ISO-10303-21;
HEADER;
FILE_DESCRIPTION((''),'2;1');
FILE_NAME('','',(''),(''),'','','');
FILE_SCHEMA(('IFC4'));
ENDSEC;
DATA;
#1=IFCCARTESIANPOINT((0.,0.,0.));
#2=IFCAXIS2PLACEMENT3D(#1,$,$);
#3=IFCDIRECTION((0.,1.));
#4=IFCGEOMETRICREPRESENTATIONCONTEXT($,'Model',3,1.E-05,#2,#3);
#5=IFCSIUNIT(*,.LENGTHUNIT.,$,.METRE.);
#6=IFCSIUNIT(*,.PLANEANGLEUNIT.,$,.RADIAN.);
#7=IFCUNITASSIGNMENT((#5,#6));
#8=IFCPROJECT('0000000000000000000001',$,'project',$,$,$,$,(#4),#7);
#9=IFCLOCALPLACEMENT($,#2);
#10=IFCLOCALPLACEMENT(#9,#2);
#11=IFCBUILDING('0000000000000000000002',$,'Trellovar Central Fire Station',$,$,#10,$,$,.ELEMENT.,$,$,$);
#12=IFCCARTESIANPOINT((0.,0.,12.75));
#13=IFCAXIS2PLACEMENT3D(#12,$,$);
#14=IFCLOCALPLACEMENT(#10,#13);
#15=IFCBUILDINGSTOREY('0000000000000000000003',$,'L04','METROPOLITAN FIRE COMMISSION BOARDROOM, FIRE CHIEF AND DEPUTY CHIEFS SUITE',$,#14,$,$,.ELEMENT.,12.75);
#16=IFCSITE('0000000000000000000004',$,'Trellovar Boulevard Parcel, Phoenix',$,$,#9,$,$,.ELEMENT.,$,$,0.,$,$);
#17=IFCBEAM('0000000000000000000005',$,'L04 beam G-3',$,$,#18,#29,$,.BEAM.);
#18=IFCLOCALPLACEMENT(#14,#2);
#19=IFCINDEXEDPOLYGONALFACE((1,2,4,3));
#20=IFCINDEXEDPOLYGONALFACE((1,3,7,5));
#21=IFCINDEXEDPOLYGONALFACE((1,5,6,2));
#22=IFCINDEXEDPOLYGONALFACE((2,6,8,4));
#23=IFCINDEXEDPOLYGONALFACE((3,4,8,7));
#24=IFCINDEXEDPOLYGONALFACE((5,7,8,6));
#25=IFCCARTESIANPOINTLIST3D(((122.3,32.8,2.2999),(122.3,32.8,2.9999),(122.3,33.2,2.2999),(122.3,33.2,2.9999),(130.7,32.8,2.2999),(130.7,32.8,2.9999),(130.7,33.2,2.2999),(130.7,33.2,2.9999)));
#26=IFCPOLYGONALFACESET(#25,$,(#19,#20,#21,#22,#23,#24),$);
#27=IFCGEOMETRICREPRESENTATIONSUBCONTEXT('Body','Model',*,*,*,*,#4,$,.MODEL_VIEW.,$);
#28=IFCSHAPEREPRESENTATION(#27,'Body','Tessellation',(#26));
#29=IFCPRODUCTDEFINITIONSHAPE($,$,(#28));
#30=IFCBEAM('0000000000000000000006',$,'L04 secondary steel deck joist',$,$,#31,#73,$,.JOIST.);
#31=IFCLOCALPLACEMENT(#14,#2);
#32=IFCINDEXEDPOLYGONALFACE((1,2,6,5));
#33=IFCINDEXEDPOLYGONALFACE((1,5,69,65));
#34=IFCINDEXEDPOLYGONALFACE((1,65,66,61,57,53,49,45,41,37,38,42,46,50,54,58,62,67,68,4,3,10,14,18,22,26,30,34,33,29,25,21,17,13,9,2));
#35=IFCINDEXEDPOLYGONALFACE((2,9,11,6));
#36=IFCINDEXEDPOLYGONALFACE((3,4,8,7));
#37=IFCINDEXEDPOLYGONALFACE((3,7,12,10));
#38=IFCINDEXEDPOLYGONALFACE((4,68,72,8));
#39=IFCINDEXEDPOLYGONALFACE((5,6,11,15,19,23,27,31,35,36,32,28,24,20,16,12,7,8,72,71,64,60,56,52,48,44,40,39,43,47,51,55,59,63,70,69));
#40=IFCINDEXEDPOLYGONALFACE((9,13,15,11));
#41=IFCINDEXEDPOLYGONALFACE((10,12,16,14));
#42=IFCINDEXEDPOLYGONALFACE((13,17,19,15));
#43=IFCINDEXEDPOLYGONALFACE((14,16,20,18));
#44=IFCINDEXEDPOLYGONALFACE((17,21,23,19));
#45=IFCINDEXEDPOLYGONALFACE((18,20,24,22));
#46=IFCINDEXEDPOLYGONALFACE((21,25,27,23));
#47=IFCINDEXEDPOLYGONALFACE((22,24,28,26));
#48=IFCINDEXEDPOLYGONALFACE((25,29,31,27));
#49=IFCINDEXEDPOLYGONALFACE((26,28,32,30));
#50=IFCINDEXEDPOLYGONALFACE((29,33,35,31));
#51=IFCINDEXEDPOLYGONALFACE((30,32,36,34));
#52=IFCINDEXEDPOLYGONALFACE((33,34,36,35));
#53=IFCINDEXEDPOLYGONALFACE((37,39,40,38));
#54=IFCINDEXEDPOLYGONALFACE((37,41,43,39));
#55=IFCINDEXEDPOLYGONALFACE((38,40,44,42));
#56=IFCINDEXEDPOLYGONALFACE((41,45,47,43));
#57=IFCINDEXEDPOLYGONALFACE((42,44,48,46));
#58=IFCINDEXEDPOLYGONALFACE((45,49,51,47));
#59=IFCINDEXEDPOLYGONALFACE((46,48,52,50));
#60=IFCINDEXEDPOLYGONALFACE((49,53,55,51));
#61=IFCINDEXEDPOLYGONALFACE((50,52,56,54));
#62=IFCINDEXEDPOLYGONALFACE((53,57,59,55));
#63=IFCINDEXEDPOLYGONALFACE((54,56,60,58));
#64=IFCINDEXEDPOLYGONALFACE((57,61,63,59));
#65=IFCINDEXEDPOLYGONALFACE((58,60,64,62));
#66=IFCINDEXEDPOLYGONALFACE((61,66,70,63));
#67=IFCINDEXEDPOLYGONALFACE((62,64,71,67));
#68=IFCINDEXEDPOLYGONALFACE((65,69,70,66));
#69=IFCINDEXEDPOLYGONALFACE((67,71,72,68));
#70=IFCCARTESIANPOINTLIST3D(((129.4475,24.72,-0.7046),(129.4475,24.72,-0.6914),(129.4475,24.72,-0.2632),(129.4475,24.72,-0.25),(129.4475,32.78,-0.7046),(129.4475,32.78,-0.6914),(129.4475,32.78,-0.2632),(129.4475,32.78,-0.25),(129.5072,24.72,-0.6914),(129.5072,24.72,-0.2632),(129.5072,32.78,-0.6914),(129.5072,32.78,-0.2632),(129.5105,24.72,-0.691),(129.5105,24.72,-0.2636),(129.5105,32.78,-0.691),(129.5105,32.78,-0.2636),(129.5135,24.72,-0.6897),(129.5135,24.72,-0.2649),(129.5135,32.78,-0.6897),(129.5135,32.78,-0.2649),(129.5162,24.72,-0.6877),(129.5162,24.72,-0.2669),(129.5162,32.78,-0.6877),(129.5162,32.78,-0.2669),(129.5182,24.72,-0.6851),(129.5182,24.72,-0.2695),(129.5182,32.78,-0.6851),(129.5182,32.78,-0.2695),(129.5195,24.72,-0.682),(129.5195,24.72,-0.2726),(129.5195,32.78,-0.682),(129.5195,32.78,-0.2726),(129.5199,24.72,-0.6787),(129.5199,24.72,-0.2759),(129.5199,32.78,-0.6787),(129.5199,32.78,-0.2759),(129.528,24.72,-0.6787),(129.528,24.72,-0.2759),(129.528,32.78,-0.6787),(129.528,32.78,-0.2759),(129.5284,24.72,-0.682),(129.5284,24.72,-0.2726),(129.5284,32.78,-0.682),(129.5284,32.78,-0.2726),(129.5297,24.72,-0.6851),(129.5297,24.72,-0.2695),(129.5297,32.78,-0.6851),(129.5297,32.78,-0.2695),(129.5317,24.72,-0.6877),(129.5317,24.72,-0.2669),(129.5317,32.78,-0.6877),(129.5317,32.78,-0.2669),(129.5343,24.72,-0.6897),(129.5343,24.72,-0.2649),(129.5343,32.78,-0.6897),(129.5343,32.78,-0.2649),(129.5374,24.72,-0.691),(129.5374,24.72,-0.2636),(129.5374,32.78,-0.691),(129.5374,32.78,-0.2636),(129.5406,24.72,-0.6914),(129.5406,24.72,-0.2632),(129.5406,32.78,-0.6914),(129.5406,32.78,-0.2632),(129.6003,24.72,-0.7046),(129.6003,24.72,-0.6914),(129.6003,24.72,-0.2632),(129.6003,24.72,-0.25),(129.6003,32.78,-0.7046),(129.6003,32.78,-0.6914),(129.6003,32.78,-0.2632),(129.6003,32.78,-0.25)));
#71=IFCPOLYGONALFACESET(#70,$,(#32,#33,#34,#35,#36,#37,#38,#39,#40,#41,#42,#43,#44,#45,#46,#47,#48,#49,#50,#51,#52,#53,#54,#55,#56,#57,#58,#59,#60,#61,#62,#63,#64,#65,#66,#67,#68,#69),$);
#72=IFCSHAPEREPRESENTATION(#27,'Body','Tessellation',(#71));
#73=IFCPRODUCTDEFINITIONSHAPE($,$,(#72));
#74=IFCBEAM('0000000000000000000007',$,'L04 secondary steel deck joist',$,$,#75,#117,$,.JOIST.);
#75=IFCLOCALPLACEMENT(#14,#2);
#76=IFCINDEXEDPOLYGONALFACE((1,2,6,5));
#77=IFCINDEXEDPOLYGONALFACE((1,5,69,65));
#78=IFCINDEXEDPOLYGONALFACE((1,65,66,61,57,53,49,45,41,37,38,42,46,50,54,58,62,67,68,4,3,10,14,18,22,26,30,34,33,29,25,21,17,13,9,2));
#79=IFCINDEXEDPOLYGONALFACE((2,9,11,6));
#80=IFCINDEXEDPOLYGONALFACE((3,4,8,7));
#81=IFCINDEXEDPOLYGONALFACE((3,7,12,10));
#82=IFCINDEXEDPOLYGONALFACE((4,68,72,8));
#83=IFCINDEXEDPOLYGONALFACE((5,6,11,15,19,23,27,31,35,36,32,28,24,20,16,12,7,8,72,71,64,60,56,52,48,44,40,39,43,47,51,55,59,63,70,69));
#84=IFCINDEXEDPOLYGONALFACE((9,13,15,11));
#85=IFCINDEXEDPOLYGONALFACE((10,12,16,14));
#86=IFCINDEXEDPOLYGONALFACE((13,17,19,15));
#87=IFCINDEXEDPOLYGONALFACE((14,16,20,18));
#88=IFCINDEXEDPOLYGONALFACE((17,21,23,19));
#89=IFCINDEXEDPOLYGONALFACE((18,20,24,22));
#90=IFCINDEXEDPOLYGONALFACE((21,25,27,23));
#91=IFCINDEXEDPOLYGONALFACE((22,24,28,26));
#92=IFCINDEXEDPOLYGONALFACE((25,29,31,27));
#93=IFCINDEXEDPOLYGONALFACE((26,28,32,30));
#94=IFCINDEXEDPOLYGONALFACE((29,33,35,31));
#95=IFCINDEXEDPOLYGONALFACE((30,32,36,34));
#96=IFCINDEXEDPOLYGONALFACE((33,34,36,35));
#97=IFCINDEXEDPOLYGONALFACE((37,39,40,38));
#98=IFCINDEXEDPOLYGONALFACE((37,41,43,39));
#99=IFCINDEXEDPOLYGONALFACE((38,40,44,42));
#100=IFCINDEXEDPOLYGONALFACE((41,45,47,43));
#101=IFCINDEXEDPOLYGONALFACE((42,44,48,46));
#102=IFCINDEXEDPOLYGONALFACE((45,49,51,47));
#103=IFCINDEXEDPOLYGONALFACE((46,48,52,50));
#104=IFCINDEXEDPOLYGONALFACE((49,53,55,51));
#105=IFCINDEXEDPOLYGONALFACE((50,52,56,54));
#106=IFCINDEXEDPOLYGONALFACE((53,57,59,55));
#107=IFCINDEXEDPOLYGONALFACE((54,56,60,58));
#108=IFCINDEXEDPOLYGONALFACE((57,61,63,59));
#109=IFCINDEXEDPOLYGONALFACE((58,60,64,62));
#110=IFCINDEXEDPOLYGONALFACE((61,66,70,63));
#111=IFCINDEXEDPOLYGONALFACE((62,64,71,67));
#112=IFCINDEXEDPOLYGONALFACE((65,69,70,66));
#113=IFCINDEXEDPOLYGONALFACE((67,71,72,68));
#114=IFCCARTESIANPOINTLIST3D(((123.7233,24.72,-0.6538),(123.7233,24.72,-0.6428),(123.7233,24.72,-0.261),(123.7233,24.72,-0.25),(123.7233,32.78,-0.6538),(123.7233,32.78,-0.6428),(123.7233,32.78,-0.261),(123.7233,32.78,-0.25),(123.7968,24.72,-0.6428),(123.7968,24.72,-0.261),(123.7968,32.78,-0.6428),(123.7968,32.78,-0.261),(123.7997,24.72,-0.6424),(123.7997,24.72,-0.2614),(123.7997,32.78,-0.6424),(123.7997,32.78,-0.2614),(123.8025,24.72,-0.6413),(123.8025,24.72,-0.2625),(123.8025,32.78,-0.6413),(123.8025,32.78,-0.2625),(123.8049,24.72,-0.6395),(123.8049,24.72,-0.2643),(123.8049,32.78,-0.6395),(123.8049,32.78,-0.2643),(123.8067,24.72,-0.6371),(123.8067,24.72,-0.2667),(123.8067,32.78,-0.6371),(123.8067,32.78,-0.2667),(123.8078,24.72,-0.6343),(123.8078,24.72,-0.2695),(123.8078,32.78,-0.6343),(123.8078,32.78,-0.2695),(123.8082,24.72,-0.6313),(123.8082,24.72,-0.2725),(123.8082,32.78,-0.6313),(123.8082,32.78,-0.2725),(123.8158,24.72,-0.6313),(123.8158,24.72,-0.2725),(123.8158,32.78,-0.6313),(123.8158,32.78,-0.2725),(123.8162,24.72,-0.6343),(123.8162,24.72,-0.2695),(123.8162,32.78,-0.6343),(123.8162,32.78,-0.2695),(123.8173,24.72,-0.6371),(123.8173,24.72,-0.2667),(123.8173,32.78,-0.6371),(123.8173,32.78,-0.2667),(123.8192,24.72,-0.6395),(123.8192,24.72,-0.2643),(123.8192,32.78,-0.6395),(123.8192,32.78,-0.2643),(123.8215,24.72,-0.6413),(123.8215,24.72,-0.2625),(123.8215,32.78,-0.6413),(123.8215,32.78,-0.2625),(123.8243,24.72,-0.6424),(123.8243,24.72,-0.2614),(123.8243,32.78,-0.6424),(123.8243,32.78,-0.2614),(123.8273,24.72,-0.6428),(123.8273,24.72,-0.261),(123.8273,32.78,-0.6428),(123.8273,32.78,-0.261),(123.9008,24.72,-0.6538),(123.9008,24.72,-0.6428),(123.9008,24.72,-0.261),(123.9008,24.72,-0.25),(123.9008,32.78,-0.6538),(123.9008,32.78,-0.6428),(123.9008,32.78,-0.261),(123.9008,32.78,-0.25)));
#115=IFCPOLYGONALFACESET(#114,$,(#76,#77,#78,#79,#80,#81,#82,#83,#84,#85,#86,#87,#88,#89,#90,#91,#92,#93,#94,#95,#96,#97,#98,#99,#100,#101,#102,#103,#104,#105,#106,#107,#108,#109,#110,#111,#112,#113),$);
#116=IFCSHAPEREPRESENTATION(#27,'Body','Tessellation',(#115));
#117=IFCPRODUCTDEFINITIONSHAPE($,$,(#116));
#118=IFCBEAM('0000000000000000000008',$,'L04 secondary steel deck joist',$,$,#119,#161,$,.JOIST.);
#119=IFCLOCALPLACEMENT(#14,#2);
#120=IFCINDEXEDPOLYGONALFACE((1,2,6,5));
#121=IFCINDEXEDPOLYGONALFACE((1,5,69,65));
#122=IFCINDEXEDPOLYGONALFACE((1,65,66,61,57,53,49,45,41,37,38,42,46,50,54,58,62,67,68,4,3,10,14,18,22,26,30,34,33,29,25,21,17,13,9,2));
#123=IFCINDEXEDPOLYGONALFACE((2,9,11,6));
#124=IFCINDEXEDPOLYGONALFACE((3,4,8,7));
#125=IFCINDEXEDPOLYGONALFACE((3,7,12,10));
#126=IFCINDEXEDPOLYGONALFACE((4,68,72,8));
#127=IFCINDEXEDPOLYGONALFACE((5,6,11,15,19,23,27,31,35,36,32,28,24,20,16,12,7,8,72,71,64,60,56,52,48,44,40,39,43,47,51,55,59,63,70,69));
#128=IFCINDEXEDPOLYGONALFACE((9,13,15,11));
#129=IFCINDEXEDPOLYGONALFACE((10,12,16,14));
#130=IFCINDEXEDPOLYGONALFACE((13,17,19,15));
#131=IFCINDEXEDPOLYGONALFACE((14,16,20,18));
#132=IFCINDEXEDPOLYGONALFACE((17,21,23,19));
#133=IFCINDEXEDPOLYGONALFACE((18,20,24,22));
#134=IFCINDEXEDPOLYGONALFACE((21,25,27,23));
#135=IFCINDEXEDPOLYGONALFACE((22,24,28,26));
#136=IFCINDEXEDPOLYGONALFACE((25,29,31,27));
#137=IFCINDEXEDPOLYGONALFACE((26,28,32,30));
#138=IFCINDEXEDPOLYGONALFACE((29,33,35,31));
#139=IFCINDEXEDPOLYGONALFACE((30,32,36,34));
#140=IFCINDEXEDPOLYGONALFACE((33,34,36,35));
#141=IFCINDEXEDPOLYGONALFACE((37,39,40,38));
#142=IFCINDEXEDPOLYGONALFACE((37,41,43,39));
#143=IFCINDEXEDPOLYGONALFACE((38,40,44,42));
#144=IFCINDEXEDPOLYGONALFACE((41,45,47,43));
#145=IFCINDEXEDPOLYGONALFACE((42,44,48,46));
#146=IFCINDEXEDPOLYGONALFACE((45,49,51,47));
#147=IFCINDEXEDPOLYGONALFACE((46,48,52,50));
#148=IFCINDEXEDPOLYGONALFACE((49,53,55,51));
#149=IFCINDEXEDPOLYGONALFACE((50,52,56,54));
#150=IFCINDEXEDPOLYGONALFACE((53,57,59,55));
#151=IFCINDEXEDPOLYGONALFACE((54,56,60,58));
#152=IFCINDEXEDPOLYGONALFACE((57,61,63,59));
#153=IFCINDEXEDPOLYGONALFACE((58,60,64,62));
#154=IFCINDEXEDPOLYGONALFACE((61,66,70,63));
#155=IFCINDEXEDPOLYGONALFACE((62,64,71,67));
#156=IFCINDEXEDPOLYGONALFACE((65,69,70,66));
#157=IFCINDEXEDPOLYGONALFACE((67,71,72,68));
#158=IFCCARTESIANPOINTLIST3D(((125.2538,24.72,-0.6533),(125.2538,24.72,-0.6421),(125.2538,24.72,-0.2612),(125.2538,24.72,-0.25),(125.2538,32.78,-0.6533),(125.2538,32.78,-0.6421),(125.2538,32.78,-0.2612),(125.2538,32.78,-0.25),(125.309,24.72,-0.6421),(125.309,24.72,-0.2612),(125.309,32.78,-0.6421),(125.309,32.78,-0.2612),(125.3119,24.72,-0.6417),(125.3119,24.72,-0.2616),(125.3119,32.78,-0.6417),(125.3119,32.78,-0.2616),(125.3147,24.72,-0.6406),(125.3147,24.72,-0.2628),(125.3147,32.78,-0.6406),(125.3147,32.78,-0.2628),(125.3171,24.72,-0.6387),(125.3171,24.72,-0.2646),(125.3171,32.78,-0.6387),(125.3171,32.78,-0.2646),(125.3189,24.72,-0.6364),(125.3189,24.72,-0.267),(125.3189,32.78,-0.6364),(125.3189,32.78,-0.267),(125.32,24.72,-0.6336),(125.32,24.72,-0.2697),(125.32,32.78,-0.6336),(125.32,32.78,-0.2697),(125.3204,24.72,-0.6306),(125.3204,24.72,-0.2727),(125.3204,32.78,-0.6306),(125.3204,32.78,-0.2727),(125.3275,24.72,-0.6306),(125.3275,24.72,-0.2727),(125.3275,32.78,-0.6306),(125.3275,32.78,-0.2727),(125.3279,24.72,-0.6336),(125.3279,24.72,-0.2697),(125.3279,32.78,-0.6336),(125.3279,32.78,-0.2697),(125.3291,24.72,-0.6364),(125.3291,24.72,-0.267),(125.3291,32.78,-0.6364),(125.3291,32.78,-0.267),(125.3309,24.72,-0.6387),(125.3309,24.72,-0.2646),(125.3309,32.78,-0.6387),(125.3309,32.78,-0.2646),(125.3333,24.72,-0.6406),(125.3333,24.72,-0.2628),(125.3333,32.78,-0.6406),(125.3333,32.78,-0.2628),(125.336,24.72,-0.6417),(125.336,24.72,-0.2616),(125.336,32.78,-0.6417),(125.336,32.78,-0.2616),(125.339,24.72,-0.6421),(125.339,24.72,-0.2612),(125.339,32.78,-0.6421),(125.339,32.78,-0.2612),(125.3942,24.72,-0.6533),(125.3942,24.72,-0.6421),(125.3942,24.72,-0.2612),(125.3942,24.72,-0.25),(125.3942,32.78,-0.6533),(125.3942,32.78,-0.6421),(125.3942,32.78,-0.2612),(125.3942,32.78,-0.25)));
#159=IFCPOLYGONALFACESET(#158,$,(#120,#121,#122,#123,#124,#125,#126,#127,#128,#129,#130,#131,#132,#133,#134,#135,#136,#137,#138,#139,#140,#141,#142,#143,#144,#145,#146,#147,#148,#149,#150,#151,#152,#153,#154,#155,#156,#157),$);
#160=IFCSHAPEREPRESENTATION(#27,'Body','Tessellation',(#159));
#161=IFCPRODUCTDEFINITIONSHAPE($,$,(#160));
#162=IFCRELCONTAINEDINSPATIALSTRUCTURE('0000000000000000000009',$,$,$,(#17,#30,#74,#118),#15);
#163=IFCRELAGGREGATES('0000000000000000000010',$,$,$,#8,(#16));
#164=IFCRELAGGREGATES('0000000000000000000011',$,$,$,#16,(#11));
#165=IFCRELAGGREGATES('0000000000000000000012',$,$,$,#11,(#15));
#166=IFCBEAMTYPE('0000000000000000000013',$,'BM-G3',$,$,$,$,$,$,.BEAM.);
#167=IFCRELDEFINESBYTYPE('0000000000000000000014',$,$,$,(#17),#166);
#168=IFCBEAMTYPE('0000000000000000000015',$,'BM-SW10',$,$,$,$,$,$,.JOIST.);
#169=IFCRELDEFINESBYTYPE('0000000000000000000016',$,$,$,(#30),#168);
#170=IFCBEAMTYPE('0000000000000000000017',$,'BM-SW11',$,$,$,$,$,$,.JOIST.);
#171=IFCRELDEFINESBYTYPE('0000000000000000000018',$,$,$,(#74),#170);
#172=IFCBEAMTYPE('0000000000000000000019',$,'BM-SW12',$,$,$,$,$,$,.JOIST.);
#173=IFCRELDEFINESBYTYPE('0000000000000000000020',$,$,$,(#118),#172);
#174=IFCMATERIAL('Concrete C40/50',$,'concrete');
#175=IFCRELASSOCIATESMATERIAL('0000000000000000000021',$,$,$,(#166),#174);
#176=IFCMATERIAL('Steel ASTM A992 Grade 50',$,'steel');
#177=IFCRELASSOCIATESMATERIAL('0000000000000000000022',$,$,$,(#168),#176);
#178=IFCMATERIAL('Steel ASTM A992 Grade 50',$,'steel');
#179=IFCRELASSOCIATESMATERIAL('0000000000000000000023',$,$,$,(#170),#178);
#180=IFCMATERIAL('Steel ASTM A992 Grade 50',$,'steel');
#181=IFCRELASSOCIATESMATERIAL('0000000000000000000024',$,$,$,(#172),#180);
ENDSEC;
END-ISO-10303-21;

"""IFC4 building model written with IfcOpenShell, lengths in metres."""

from ifc_helpers import new_model, si_unit, direction, frame, origin, origin_2d, place, context, subcontext, project, spatial, rectangle, i_section, extrude, material, material_profile, profile_set, type_object, element, save


model = new_model("IFC4")

# Units and contexts
model_context = context("Model", 3, precision=1e-05, world=origin(), true_north=direction((0.0, 1.0)))
body_context = subcontext(model_context, "Body", "Model", "MODEL_VIEW")
ifc_project = project(units=[si_unit("LENGTHUNIT", "METRE"), si_unit("PLANEANGLEUNIT", "RADIAN")], contexts=[model_context])

# Site, building, storey
site_placement = place(None, origin())
site = spatial("IfcSite", under=ifc_project, at=site_placement, Name="Trellovar Boulevard Parcel, Phoenix", CompositionType="ELEMENT", RefElevation=0.0)
building_placement = place(site_placement, origin())
building = spatial("IfcBuilding", under=site, at=building_placement, Name="Trellovar Central Fire Station", CompositionType="ELEMENT")
storey_placement = place(building_placement, frame((0.0, 0.0, 12.75)))
storey = spatial("IfcBuildingStorey", under=building, at=storey_placement, Name="L04", Description="METROPOLITAN FIRE COMMISSION BOARDROOM, FIRE CHIEF AND DEPUTY CHIEFS SUITE", CompositionType="ELEMENT", Elevation=12.75)

# Beams
ifc_material_1 = material(Name="Concrete C40/50", Category="concrete")
ifc_material_profile_1 = material_profile(ifc_material_1, rectangle(XDim=0.3999, YDim=0.7, at=origin_2d()), Name="RC400X700")
ifc_profile_set_1 = profile_set([ifc_material_profile_1], Name="Concrete C40/50")
beam_type_1 = type_object("IfcBeamType", Name="BM-G3", PredefinedType="BEAM", material=ifc_profile_set_1)
beam_1_placement = place(storey_placement, frame((122.3, 33.0, 2.6499), z_axis=(1.0, 0.0, 0.0), x_axis=(0.0, 1.0, 0.0)))
element("IfcBeam", 1, at=beam_1_placement, inside=storey, type_object=beam_type_1, Name="L04 beam G-3", PredefinedType="BEAM", context=body_context, shape_type="SweptSolid", body=[
    extrude(rectangle(XDim=0.3999, YDim=0.7, at=origin_2d()), origin(), (0.0, 0.0, 1.0), 8.3999),
])
ifc_material_2 = material(Name="Steel ASTM A992 Grade 50", Category="steel")
ifc_material_profile_2 = material_profile(ifc_material_2, i_section(OverallWidth=0.1528, OverallDepth=0.4546, WebThickness=0.0081, FlangeThickness=0.0132, FilletRadius=0.0127, at=origin_2d()), Name="W18X40")
ifc_profile_set_2 = profile_set([ifc_material_profile_2], Name="Steel ASTM A992 Grade 50")
beam_type_2 = type_object("IfcBeamType", Name="BM-SW10", PredefinedType="JOIST", material=ifc_profile_set_2)
beam_2_placement = place(storey_placement, frame((129.5239, 24.72, -0.4773), z_axis=(0.0, 1.0, 0.0), x_axis=(-1.0, 0.0, 0.0)))
element("IfcBeam", 2, at=beam_2_placement, inside=storey, type_object=beam_type_2, Name="L04 secondary steel deck joist", PredefinedType="JOIST", context=body_context, shape_type="SweptSolid", body=[
    extrude(i_section(OverallWidth=0.1528, OverallDepth=0.4546, WebThickness=0.0081, FlangeThickness=0.0132, FilletRadius=0.0127, at=origin_2d()), origin(), (0.0, 0.0, 1.0), 8.0601),
])
ifc_material_3 = material(Name="Steel ASTM A992 Grade 50", Category="steel")
ifc_material_profile_3 = material_profile(ifc_material_3, i_section(OverallWidth=0.1775, OverallDepth=0.4038, WebThickness=0.0076, FlangeThickness=0.011, FilletRadius=0.0115, at=origin_2d()), Name="W16X36")
ifc_profile_set_3 = profile_set([ifc_material_profile_3], Name="Steel ASTM A992 Grade 50")
beam_type_3 = type_object("IfcBeamType", Name="BM-SW11", PredefinedType="JOIST", material=ifc_profile_set_3)
beam_3_placement = place(storey_placement, frame((123.812, 24.72, -0.4519), z_axis=(0.0, 1.0, 0.0), x_axis=(-1.0, 0.0, 0.0)))
element("IfcBeam", 3, at=beam_3_placement, inside=storey, type_object=beam_type_3, Name="L04 secondary steel deck joist", PredefinedType="JOIST", context=body_context, shape_type="SweptSolid", body=[
    extrude(i_section(OverallWidth=0.1775, OverallDepth=0.4038, WebThickness=0.0076, FlangeThickness=0.011, FilletRadius=0.0115, at=origin_2d()), origin(), (0.0, 0.0, 1.0), 8.0601),
])
ifc_material_4 = material(Name="Steel ASTM A992 Grade 50", Category="steel")
ifc_material_profile_4 = material_profile(ifc_material_4, i_section(OverallWidth=0.1404, OverallDepth=0.4033, WebThickness=0.0071, FlangeThickness=0.0112, FilletRadius=0.0115, at=origin_2d()), Name="W16X31")
ifc_profile_set_4 = profile_set([ifc_material_profile_4], Name="Steel ASTM A992 Grade 50")
beam_type_4 = type_object("IfcBeamType", Name="BM-SW12", PredefinedType="JOIST", material=ifc_profile_set_4)
beam_4_placement = place(storey_placement, frame((125.324, 24.72, -0.4517), z_axis=(0.0, 1.0, 0.0), x_axis=(-1.0, 0.0, 0.0)))
element("IfcBeam", 4, at=beam_4_placement, inside=storey, type_object=beam_type_4, Name="L04 secondary steel deck joist", PredefinedType="JOIST", context=body_context, shape_type="SweptSolid", body=[
    extrude(i_section(OverallWidth=0.1404, OverallDepth=0.4033, WebThickness=0.0071, FlangeThickness=0.0112, FilletRadius=0.0115, at=origin_2d()), origin(), (0.0, 0.0, 1.0), 8.0601),
])

save(model, "model.ifc")
